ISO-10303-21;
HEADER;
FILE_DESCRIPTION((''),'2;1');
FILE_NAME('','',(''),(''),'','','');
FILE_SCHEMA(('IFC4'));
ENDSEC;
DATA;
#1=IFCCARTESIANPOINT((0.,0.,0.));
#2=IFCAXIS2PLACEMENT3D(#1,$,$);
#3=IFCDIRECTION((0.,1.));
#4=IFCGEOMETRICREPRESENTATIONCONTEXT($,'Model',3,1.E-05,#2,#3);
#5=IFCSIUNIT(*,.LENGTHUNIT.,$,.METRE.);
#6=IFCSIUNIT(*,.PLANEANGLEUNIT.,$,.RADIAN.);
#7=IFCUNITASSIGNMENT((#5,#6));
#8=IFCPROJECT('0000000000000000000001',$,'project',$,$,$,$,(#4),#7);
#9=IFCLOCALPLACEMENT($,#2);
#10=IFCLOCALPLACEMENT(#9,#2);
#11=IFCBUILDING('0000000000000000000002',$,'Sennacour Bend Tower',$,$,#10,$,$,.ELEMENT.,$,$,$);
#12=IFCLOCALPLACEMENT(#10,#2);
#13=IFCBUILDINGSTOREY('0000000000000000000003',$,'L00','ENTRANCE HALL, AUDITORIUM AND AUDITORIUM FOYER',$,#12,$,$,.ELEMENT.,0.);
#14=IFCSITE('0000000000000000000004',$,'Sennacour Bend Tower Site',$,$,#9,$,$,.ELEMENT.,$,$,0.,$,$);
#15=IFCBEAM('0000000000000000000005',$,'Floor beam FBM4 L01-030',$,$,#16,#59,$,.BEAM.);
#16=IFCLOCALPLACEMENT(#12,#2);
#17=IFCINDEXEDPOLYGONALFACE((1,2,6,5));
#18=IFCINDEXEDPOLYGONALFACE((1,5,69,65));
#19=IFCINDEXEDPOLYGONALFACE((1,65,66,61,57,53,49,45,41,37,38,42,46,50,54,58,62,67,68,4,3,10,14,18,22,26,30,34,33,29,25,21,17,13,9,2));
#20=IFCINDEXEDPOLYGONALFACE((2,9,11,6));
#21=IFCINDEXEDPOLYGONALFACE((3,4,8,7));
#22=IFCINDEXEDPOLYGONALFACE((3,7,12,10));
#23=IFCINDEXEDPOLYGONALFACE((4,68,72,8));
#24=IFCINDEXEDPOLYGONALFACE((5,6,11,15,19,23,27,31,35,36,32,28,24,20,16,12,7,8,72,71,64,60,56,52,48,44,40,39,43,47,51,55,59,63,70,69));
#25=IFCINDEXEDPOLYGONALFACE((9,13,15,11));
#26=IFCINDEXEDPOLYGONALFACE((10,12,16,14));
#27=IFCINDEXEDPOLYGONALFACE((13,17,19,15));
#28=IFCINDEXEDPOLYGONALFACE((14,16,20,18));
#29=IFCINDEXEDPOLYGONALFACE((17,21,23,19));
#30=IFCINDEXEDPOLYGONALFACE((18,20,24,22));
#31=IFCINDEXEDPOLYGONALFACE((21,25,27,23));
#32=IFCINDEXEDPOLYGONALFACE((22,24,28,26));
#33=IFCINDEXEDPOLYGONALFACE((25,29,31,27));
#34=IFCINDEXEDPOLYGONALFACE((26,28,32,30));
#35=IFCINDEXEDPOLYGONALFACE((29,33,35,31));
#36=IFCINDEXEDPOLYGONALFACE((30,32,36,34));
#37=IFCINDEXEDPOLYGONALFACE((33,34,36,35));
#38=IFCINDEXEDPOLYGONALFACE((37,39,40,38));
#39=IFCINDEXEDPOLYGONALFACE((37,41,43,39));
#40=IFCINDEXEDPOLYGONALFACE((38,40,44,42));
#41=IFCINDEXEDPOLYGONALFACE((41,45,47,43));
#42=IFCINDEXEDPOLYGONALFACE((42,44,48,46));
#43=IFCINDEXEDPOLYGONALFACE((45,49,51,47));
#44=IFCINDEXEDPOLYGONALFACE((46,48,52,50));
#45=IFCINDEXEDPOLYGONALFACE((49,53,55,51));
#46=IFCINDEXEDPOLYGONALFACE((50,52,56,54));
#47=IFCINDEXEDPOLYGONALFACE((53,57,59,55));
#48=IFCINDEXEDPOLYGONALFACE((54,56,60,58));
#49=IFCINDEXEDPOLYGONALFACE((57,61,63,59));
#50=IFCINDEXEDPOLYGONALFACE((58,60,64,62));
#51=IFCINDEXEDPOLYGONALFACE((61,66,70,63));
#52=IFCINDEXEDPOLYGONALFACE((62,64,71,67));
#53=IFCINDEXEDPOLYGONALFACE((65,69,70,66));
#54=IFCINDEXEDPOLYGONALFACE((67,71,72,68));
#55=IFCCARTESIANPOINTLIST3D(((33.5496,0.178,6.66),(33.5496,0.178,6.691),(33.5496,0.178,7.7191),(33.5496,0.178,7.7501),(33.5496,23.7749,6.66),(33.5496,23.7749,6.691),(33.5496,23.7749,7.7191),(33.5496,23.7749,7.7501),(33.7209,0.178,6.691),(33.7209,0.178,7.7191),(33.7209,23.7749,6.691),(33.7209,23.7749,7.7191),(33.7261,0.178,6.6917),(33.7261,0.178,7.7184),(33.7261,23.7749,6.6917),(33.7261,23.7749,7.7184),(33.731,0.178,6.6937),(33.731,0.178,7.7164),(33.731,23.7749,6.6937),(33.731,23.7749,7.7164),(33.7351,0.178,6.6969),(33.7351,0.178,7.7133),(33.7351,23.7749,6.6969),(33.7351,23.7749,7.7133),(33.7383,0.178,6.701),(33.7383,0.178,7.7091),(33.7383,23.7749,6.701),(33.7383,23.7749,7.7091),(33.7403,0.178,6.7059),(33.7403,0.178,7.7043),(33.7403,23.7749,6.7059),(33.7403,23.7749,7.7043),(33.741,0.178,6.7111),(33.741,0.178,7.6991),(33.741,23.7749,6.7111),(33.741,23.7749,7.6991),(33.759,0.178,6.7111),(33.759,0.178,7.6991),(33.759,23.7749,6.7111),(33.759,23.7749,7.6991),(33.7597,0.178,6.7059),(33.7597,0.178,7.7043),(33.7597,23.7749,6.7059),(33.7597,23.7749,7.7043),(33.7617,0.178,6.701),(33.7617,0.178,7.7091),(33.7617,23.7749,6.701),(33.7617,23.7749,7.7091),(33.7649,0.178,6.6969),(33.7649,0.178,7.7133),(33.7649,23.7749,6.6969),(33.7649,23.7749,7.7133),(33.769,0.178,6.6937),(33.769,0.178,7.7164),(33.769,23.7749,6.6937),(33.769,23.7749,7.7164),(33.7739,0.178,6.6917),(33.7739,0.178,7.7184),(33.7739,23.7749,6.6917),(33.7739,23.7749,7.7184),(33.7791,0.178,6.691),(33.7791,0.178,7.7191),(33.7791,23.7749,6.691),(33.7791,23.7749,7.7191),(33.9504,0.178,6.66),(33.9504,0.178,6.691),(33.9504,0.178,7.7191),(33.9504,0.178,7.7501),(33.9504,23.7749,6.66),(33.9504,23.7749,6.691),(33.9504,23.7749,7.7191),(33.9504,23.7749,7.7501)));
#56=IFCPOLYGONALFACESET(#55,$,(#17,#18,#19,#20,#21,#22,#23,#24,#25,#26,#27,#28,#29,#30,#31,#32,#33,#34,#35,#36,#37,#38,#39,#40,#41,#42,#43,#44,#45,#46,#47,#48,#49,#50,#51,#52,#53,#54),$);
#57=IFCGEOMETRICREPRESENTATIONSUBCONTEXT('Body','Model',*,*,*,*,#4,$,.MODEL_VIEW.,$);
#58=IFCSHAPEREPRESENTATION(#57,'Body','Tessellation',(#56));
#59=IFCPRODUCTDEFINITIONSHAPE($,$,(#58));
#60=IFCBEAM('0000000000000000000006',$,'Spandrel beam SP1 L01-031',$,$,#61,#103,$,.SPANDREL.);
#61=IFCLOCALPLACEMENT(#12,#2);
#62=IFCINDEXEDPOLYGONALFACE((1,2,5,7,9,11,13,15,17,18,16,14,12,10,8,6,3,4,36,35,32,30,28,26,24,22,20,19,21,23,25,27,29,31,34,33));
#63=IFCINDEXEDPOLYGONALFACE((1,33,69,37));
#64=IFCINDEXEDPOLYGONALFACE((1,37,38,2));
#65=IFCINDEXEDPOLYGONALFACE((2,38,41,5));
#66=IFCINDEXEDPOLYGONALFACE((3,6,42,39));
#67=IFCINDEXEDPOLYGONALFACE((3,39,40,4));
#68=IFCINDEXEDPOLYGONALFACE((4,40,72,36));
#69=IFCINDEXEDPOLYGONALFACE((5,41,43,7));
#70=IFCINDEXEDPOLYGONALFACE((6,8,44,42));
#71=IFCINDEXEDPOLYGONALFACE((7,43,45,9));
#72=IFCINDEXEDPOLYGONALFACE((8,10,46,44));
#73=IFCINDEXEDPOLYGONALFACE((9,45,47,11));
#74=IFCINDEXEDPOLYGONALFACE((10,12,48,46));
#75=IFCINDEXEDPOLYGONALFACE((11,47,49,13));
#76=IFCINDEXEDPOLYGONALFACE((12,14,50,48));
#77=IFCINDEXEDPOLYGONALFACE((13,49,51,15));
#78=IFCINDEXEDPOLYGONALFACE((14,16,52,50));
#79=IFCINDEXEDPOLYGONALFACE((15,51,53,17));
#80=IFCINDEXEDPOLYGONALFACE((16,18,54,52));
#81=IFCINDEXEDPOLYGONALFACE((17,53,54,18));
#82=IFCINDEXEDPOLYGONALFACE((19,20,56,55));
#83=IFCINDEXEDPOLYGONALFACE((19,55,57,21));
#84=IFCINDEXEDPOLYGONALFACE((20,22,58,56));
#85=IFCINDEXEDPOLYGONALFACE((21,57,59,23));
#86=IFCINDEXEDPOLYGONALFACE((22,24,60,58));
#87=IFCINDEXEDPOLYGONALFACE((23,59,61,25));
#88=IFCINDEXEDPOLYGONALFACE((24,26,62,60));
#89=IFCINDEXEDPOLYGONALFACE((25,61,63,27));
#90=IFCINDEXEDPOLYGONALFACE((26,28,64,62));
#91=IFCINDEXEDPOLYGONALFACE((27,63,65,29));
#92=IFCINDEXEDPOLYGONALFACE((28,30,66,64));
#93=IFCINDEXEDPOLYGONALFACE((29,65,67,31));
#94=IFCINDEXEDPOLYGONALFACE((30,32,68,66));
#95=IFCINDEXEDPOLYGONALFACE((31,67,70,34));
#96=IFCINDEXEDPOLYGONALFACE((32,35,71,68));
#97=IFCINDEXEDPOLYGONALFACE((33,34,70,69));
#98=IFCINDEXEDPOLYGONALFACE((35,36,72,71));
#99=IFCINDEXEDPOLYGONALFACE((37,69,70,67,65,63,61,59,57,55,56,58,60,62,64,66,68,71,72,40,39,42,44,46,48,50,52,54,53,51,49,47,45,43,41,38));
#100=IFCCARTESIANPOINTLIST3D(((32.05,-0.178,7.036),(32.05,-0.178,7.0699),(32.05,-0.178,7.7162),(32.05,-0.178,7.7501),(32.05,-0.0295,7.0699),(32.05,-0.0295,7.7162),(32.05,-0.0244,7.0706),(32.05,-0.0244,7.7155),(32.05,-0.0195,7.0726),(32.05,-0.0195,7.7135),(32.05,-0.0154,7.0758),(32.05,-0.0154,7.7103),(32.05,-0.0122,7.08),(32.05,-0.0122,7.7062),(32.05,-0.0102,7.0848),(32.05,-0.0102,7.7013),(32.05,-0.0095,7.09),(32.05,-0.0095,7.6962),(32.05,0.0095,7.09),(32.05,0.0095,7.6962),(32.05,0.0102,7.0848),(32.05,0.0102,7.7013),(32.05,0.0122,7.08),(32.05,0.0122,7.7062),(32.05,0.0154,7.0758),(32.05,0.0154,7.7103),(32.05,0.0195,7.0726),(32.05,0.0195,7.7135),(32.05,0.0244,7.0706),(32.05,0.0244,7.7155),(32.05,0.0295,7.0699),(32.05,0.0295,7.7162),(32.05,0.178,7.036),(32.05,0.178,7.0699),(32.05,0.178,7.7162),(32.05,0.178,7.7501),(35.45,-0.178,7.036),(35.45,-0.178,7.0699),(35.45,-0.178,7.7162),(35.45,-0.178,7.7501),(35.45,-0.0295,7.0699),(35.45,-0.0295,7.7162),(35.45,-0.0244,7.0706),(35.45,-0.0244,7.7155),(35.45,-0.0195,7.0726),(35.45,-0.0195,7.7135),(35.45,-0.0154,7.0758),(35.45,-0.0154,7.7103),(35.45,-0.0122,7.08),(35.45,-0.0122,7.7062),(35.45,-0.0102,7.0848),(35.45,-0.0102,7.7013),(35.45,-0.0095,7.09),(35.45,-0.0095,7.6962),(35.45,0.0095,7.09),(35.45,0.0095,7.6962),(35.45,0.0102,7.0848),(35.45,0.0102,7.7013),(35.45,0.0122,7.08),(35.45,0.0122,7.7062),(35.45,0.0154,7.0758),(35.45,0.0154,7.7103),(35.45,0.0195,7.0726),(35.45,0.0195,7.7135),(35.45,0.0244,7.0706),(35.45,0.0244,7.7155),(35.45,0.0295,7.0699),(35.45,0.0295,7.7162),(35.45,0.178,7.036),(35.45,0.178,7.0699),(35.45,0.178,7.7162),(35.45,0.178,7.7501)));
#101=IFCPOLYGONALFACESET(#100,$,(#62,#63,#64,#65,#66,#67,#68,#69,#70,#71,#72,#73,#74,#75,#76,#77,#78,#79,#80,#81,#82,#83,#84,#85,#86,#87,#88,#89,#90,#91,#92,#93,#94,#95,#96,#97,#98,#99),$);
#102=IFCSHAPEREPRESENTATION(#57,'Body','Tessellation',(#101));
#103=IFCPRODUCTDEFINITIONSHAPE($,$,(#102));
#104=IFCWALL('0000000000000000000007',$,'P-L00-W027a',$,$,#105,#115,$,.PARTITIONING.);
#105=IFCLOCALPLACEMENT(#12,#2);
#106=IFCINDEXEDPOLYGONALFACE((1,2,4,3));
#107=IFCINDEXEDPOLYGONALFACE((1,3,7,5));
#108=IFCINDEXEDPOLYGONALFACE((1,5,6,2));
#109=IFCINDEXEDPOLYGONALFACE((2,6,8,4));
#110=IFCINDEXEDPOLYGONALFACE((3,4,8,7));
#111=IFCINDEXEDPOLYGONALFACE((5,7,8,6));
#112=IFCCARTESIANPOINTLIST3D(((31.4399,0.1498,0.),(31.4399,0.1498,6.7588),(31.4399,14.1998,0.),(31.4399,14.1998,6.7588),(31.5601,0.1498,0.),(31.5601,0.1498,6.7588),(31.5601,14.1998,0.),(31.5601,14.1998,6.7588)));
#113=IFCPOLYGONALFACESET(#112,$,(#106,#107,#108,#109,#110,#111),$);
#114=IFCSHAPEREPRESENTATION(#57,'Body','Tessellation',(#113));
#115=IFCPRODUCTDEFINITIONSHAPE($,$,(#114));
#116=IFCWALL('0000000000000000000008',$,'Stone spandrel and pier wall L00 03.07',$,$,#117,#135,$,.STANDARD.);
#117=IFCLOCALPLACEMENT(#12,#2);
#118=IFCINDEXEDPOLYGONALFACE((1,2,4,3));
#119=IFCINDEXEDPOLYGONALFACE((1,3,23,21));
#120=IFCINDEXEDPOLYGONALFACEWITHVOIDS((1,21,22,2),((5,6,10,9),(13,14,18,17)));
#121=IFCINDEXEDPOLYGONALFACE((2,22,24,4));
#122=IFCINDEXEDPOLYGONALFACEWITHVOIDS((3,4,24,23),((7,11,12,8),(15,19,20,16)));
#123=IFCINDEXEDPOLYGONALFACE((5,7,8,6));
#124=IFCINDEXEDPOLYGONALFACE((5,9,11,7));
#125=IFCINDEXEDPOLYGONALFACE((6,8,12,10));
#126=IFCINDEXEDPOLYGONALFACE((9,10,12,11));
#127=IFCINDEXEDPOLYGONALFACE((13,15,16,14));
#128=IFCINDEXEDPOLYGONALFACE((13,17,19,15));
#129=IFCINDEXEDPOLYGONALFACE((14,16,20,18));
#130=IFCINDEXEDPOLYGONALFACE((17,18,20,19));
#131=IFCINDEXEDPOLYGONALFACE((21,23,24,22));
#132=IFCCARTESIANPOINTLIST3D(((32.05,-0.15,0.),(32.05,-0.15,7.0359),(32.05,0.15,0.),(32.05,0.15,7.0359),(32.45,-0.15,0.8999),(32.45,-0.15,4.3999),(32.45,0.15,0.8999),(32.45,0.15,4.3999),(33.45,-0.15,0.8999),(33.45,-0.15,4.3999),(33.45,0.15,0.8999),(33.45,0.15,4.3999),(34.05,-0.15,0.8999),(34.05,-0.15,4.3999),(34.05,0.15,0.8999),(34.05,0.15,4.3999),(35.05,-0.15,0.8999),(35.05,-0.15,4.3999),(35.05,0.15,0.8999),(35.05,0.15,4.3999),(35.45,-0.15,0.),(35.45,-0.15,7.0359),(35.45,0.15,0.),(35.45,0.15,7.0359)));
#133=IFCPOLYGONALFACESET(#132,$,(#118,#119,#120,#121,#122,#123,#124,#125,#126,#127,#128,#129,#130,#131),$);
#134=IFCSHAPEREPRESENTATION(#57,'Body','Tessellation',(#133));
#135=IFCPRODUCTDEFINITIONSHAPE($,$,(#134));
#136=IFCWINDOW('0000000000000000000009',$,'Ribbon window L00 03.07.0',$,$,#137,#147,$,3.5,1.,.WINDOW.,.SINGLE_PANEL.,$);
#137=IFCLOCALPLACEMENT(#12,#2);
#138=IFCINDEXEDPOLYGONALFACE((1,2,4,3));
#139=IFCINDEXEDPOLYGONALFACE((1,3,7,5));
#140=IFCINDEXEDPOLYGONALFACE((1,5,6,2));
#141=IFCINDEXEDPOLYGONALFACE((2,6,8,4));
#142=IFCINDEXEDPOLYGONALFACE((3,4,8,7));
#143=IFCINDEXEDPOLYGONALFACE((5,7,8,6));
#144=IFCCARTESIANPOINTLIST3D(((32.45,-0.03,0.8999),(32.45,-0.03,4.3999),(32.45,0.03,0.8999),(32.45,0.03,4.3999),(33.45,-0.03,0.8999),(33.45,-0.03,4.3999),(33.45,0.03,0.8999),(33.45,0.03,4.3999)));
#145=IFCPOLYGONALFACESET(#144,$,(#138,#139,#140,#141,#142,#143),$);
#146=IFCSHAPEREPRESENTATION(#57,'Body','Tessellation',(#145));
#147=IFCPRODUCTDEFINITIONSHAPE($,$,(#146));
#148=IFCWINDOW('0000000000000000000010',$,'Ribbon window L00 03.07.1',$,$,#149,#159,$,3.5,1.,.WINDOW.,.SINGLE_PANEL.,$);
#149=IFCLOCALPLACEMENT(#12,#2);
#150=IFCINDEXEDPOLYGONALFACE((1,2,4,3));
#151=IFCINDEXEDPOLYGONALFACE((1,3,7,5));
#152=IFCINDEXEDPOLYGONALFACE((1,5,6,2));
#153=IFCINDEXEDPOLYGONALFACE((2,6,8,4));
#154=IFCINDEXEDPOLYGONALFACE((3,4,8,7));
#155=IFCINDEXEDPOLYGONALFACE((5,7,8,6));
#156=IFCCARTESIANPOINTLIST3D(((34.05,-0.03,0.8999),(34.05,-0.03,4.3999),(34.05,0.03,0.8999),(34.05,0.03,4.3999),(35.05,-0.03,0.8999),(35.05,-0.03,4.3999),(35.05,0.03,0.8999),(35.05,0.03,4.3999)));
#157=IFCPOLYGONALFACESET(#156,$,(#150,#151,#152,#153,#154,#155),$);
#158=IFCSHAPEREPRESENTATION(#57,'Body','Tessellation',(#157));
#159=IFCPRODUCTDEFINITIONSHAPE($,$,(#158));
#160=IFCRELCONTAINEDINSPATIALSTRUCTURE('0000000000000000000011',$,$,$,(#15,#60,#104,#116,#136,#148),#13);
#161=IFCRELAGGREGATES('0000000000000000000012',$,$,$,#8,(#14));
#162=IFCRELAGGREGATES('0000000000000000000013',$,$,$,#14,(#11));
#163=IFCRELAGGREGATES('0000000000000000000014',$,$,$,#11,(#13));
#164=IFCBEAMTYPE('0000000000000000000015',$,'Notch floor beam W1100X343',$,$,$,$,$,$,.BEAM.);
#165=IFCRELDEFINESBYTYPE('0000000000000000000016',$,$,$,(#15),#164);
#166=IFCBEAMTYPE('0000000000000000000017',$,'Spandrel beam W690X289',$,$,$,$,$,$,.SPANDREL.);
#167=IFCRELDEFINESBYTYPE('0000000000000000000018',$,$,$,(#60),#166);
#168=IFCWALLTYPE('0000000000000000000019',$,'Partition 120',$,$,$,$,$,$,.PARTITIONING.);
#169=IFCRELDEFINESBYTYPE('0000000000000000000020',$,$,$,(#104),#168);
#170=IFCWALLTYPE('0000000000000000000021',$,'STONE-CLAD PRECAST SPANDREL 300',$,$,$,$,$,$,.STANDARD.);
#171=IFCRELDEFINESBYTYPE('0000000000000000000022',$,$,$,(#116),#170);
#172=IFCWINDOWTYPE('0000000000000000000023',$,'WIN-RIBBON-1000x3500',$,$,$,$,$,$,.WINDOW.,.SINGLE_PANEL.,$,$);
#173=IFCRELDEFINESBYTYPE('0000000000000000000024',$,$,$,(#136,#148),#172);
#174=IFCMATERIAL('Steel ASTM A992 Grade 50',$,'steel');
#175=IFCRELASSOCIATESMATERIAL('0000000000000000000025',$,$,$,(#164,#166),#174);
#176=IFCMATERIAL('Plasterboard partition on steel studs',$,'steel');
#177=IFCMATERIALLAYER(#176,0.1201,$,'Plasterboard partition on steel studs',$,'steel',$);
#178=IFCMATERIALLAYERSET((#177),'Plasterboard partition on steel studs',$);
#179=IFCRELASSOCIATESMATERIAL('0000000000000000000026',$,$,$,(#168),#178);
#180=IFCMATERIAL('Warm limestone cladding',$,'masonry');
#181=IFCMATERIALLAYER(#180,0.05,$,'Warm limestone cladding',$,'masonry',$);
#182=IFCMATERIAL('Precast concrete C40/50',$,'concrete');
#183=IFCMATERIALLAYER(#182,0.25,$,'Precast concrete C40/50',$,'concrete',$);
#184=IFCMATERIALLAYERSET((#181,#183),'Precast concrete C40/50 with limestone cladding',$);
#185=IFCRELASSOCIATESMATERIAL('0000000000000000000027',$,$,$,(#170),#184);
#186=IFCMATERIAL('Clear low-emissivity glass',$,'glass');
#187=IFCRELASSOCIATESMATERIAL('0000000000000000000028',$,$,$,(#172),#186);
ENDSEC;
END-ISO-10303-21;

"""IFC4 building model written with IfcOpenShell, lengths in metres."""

from ifc_helpers import new_model, si_unit, direction, frame, frame_2d, origin, origin_2d, place, context, subcontext, project, spatial, rectangle, i_section, extrude, material, layer, layer_set, material_profile, profile_set, type_object, element, fill, save


model = new_model("IFC4")

# Units and contexts
model_context = context("Model", 3, precision=1e-05, world=origin(), true_north=direction((0.0, 1.0)))
body_context = subcontext(model_context, "Body", "Model", "MODEL_VIEW")
ifc_project = project(units=[si_unit("LENGTHUNIT", "METRE"), si_unit("PLANEANGLEUNIT", "RADIAN")], contexts=[model_context])

# Site, building, storey
site_placement = place(None, origin())
site = spatial("IfcSite", under=ifc_project, at=site_placement, Name="Sennacour Bend Tower Site", CompositionType="ELEMENT", RefElevation=0.0)
building_placement = place(site_placement, origin())
building = spatial("IfcBuilding", under=site, at=building_placement, Name="Sennacour Bend Tower", CompositionType="ELEMENT")
storey_placement = place(building_placement, origin())
storey = spatial("IfcBuildingStorey", under=building, at=storey_placement, Name="L00", Description="ENTRANCE HALL, AUDITORIUM AND AUDITORIUM FOYER", CompositionType="ELEMENT", Elevation=0.0)

# Beams
ifc_material_1 = material(Name="Steel ASTM A992 Grade 50", Category="steel")
ifc_material_profile_1 = material_profile(ifc_material_1, i_section(OverallWidth=0.4009, OverallDepth=1.0901, WebThickness=0.0181, FlangeThickness=0.031, FilletRadius=0.02, at=origin_2d()), Name="Steel ASTM A992 Grade 50", Category="steel")
ifc_profile_set_1 = profile_set([ifc_material_profile_1], Name="Steel ASTM A992 Grade 50")
beam_type_1 = type_object("IfcBeamType", Name="Notch floor beam W1100X343", PredefinedType="BEAM", material=ifc_profile_set_1)
for number, where, z_axis, x_axis, name in (
    (1, (33.75, 0.178, 7.2051), (0.0, 1.0, 0.0), (-1.0, 0.0, 0.0), "Floor beam FBM4 L01-030"),
):
    element("IfcBeam", number, at=place(storey_placement, frame(where, z_axis=z_axis, x_axis=x_axis)), inside=storey, type_object=beam_type_1, Name=name, PredefinedType="BEAM", context=body_context, shape_type="SweptSolid", body=[
        extrude(i_section(OverallWidth=0.4009, OverallDepth=1.0901, WebThickness=0.0181, FlangeThickness=0.031, FilletRadius=0.02, at=origin_2d()), origin(), (0.0, 0.0, 1.0), 23.5969),
    ])
ifc_material_profile_2 = material_profile(ifc_material_1, i_section(OverallWidth=0.356, OverallDepth=0.7141, WebThickness=0.019, FlangeThickness=0.0339, FilletRadius=0.02, at=origin_2d()), Name="Steel ASTM A992 Grade 50", Category="steel")
ifc_profile_set_2 = profile_set([ifc_material_profile_2], Name="Steel ASTM A992 Grade 50")
beam_type_2 = type_object("IfcBeamType", Name="Spandrel beam W690X289", PredefinedType="SPANDREL", material=ifc_profile_set_2)
beam_1_placement = place(storey_placement, frame((32.05, 0.0, 7.3931), z_axis=(1.0, 0.0, 0.0), x_axis=(0.0, 1.0, 0.0)))
element("IfcBeam", 2, at=beam_1_placement, inside=storey, type_object=beam_type_2, Name="Spandrel beam SP1 L01-031", PredefinedType="SPANDREL", context=body_context, shape_type="SweptSolid", body=[
    extrude(i_section(OverallWidth=0.356, OverallDepth=0.7141, WebThickness=0.019, FlangeThickness=0.0339, FilletRadius=0.02, at=origin_2d()), origin(), (0.0, 0.0, 1.0), 3.3999),
])

# Wall
ifc_material_2 = material(Name="Plasterboard partition on steel studs", Category="steel")
ifc_layer_1 = layer(ifc_material_2, 0.1201, Name="Plasterboard partition on steel studs", Category="steel")
ifc_layer_set_1 = layer_set([ifc_layer_1], Name="Plasterboard partition on steel studs")
wall_type_1 = type_object("IfcWallType", Name="Partition 120", PredefinedType="PARTITIONING", material=ifc_layer_set_1)
wall_1_placement = place(storey_placement, frame((31.5, 0.1499, 0.0), z_axis=(0.0, 0.0, 1.0), x_axis=(0.0, 1.0, 0.0)))
element("IfcWall", 3, at=wall_1_placement, inside=storey, type_object=wall_type_1, Name="P-L00-W027a", PredefinedType="PARTITIONING", context=body_context, shape_type="SweptSolid", body=[
    extrude(rectangle(XDim=14.05, YDim=0.1201, at=frame_2d((7.0249, 0.0))), origin(), (0.0, 0.0, 1.0), 6.7588),
])

# Wall, openings, windows
ifc_material_3 = material(Name="Warm limestone cladding", Category="masonry")
ifc_layer_2 = layer(ifc_material_3, 0.05, Name="Warm limestone cladding", Category="masonry")
ifc_material_4 = material(Name="Precast concrete C40/50", Category="concrete")
ifc_layer_3 = layer(ifc_material_4, 0.25, Name="Precast concrete C40/50", Category="concrete")
ifc_layer_set_2 = layer_set([ifc_layer_2, ifc_layer_3], Name="Precast concrete C40/50 with limestone cladding")
wall_type_2 = type_object("IfcWallType", Name="STONE-CLAD PRECAST SPANDREL 300", PredefinedType="STANDARD", material=ifc_layer_set_2)
wall_2_placement = place(storey_placement, frame((32.05, 0.0, 0.0), z_axis=(0.0, 0.0, 1.0), x_axis=(1.0, 0.0, 0.0)))
wall_2 = element("IfcWall", 4, at=wall_2_placement, inside=storey, type_object=wall_type_2, Name="Stone spandrel and pier wall L00 03.07", PredefinedType="STANDARD", context=body_context, shape_type="SweptSolid", body=[
    extrude(rectangle(XDim=3.3999, YDim=0.3, at=frame_2d((1.7, 0.0))), origin(), (0.0, 0.0, 1.0), 7.0359),
])
opening_1_placement = place(wall_2_placement, frame((0.3999, 0.0, 0.8999)))
opening_1 = element("IfcOpeningElement", 5, at=opening_1_placement, cuts=wall_2, PredefinedType="OPENING", context=body_context, shape_type="SweptSolid", body=[
    extrude(rectangle(XDim=1.0, YDim=3.5, at=frame_2d((0.5, 1.75))), frame((0.0, 0.1602, 0.0), z_axis=(0.0, -1.0, 0.0), x_axis=(1.0, 0.0, 0.0)), (0.0, 0.0, 1.0), 0.3201),
])
opening_2_placement = place(wall_2_placement, frame((2.0, 0.0, 0.8999)))
opening_2 = element("IfcOpeningElement", 6, at=opening_2_placement, cuts=wall_2, PredefinedType="OPENING", context=body_context, shape_type="SweptSolid", body=[
    extrude(rectangle(XDim=1.0, YDim=3.5, at=frame_2d((0.5, 1.75))), frame((0.0, 0.1602, 0.0), z_axis=(0.0, -1.0, 0.0), x_axis=(1.0, 0.0, 0.0)), (0.0, 0.0, 1.0), 0.3201),
])
ifc_material_5 = material(Name="Clear low-emissivity glass", Category="glass")
window_type = type_object("IfcWindowType", Name="WIN-RIBBON-1000x3500", PartitioningType="SINGLE_PANEL", PredefinedType="WINDOW", material=ifc_material_5)
window_1_placement = place(opening_1_placement, origin())
window_1 = element("IfcWindow", 7, at=window_1_placement, inside=storey, type_object=window_type, Name="Ribbon window L00 03.07.0", OverallHeight=3.5, OverallWidth=1.0, PartitioningType="SINGLE_PANEL", PredefinedType="WINDOW", context=body_context, shape_type="SweptSolid", body=[
    extrude(rectangle(XDim=1.0, YDim=3.5, at=frame_2d((0.5, 1.75))), frame((0.0, 0.03, 0.0), z_axis=(0.0, -1.0, 0.0), x_axis=(1.0, 0.0, 0.0)), (0.0, 0.0, 1.0), 0.0601),
])
fill(opening_1, window_1)
window_2_placement = place(opening_2_placement, origin())
window_2 = element("IfcWindow", 8, at=window_2_placement, inside=storey, type_object=window_type, Name="Ribbon window L00 03.07.1", OverallHeight=3.5, OverallWidth=1.0, PartitioningType="SINGLE_PANEL", PredefinedType="WINDOW", context=body_context, shape_type="SweptSolid", body=[
    extrude(rectangle(XDim=1.0, YDim=3.5, at=frame_2d((0.5, 1.75))), frame((0.0, 0.03, 0.0), z_axis=(0.0, -1.0, 0.0), x_axis=(1.0, 0.0, 0.0)), (0.0, 0.0, 1.0), 0.0601),
])
fill(opening_2, window_2)

save(model, "model.ifc")
